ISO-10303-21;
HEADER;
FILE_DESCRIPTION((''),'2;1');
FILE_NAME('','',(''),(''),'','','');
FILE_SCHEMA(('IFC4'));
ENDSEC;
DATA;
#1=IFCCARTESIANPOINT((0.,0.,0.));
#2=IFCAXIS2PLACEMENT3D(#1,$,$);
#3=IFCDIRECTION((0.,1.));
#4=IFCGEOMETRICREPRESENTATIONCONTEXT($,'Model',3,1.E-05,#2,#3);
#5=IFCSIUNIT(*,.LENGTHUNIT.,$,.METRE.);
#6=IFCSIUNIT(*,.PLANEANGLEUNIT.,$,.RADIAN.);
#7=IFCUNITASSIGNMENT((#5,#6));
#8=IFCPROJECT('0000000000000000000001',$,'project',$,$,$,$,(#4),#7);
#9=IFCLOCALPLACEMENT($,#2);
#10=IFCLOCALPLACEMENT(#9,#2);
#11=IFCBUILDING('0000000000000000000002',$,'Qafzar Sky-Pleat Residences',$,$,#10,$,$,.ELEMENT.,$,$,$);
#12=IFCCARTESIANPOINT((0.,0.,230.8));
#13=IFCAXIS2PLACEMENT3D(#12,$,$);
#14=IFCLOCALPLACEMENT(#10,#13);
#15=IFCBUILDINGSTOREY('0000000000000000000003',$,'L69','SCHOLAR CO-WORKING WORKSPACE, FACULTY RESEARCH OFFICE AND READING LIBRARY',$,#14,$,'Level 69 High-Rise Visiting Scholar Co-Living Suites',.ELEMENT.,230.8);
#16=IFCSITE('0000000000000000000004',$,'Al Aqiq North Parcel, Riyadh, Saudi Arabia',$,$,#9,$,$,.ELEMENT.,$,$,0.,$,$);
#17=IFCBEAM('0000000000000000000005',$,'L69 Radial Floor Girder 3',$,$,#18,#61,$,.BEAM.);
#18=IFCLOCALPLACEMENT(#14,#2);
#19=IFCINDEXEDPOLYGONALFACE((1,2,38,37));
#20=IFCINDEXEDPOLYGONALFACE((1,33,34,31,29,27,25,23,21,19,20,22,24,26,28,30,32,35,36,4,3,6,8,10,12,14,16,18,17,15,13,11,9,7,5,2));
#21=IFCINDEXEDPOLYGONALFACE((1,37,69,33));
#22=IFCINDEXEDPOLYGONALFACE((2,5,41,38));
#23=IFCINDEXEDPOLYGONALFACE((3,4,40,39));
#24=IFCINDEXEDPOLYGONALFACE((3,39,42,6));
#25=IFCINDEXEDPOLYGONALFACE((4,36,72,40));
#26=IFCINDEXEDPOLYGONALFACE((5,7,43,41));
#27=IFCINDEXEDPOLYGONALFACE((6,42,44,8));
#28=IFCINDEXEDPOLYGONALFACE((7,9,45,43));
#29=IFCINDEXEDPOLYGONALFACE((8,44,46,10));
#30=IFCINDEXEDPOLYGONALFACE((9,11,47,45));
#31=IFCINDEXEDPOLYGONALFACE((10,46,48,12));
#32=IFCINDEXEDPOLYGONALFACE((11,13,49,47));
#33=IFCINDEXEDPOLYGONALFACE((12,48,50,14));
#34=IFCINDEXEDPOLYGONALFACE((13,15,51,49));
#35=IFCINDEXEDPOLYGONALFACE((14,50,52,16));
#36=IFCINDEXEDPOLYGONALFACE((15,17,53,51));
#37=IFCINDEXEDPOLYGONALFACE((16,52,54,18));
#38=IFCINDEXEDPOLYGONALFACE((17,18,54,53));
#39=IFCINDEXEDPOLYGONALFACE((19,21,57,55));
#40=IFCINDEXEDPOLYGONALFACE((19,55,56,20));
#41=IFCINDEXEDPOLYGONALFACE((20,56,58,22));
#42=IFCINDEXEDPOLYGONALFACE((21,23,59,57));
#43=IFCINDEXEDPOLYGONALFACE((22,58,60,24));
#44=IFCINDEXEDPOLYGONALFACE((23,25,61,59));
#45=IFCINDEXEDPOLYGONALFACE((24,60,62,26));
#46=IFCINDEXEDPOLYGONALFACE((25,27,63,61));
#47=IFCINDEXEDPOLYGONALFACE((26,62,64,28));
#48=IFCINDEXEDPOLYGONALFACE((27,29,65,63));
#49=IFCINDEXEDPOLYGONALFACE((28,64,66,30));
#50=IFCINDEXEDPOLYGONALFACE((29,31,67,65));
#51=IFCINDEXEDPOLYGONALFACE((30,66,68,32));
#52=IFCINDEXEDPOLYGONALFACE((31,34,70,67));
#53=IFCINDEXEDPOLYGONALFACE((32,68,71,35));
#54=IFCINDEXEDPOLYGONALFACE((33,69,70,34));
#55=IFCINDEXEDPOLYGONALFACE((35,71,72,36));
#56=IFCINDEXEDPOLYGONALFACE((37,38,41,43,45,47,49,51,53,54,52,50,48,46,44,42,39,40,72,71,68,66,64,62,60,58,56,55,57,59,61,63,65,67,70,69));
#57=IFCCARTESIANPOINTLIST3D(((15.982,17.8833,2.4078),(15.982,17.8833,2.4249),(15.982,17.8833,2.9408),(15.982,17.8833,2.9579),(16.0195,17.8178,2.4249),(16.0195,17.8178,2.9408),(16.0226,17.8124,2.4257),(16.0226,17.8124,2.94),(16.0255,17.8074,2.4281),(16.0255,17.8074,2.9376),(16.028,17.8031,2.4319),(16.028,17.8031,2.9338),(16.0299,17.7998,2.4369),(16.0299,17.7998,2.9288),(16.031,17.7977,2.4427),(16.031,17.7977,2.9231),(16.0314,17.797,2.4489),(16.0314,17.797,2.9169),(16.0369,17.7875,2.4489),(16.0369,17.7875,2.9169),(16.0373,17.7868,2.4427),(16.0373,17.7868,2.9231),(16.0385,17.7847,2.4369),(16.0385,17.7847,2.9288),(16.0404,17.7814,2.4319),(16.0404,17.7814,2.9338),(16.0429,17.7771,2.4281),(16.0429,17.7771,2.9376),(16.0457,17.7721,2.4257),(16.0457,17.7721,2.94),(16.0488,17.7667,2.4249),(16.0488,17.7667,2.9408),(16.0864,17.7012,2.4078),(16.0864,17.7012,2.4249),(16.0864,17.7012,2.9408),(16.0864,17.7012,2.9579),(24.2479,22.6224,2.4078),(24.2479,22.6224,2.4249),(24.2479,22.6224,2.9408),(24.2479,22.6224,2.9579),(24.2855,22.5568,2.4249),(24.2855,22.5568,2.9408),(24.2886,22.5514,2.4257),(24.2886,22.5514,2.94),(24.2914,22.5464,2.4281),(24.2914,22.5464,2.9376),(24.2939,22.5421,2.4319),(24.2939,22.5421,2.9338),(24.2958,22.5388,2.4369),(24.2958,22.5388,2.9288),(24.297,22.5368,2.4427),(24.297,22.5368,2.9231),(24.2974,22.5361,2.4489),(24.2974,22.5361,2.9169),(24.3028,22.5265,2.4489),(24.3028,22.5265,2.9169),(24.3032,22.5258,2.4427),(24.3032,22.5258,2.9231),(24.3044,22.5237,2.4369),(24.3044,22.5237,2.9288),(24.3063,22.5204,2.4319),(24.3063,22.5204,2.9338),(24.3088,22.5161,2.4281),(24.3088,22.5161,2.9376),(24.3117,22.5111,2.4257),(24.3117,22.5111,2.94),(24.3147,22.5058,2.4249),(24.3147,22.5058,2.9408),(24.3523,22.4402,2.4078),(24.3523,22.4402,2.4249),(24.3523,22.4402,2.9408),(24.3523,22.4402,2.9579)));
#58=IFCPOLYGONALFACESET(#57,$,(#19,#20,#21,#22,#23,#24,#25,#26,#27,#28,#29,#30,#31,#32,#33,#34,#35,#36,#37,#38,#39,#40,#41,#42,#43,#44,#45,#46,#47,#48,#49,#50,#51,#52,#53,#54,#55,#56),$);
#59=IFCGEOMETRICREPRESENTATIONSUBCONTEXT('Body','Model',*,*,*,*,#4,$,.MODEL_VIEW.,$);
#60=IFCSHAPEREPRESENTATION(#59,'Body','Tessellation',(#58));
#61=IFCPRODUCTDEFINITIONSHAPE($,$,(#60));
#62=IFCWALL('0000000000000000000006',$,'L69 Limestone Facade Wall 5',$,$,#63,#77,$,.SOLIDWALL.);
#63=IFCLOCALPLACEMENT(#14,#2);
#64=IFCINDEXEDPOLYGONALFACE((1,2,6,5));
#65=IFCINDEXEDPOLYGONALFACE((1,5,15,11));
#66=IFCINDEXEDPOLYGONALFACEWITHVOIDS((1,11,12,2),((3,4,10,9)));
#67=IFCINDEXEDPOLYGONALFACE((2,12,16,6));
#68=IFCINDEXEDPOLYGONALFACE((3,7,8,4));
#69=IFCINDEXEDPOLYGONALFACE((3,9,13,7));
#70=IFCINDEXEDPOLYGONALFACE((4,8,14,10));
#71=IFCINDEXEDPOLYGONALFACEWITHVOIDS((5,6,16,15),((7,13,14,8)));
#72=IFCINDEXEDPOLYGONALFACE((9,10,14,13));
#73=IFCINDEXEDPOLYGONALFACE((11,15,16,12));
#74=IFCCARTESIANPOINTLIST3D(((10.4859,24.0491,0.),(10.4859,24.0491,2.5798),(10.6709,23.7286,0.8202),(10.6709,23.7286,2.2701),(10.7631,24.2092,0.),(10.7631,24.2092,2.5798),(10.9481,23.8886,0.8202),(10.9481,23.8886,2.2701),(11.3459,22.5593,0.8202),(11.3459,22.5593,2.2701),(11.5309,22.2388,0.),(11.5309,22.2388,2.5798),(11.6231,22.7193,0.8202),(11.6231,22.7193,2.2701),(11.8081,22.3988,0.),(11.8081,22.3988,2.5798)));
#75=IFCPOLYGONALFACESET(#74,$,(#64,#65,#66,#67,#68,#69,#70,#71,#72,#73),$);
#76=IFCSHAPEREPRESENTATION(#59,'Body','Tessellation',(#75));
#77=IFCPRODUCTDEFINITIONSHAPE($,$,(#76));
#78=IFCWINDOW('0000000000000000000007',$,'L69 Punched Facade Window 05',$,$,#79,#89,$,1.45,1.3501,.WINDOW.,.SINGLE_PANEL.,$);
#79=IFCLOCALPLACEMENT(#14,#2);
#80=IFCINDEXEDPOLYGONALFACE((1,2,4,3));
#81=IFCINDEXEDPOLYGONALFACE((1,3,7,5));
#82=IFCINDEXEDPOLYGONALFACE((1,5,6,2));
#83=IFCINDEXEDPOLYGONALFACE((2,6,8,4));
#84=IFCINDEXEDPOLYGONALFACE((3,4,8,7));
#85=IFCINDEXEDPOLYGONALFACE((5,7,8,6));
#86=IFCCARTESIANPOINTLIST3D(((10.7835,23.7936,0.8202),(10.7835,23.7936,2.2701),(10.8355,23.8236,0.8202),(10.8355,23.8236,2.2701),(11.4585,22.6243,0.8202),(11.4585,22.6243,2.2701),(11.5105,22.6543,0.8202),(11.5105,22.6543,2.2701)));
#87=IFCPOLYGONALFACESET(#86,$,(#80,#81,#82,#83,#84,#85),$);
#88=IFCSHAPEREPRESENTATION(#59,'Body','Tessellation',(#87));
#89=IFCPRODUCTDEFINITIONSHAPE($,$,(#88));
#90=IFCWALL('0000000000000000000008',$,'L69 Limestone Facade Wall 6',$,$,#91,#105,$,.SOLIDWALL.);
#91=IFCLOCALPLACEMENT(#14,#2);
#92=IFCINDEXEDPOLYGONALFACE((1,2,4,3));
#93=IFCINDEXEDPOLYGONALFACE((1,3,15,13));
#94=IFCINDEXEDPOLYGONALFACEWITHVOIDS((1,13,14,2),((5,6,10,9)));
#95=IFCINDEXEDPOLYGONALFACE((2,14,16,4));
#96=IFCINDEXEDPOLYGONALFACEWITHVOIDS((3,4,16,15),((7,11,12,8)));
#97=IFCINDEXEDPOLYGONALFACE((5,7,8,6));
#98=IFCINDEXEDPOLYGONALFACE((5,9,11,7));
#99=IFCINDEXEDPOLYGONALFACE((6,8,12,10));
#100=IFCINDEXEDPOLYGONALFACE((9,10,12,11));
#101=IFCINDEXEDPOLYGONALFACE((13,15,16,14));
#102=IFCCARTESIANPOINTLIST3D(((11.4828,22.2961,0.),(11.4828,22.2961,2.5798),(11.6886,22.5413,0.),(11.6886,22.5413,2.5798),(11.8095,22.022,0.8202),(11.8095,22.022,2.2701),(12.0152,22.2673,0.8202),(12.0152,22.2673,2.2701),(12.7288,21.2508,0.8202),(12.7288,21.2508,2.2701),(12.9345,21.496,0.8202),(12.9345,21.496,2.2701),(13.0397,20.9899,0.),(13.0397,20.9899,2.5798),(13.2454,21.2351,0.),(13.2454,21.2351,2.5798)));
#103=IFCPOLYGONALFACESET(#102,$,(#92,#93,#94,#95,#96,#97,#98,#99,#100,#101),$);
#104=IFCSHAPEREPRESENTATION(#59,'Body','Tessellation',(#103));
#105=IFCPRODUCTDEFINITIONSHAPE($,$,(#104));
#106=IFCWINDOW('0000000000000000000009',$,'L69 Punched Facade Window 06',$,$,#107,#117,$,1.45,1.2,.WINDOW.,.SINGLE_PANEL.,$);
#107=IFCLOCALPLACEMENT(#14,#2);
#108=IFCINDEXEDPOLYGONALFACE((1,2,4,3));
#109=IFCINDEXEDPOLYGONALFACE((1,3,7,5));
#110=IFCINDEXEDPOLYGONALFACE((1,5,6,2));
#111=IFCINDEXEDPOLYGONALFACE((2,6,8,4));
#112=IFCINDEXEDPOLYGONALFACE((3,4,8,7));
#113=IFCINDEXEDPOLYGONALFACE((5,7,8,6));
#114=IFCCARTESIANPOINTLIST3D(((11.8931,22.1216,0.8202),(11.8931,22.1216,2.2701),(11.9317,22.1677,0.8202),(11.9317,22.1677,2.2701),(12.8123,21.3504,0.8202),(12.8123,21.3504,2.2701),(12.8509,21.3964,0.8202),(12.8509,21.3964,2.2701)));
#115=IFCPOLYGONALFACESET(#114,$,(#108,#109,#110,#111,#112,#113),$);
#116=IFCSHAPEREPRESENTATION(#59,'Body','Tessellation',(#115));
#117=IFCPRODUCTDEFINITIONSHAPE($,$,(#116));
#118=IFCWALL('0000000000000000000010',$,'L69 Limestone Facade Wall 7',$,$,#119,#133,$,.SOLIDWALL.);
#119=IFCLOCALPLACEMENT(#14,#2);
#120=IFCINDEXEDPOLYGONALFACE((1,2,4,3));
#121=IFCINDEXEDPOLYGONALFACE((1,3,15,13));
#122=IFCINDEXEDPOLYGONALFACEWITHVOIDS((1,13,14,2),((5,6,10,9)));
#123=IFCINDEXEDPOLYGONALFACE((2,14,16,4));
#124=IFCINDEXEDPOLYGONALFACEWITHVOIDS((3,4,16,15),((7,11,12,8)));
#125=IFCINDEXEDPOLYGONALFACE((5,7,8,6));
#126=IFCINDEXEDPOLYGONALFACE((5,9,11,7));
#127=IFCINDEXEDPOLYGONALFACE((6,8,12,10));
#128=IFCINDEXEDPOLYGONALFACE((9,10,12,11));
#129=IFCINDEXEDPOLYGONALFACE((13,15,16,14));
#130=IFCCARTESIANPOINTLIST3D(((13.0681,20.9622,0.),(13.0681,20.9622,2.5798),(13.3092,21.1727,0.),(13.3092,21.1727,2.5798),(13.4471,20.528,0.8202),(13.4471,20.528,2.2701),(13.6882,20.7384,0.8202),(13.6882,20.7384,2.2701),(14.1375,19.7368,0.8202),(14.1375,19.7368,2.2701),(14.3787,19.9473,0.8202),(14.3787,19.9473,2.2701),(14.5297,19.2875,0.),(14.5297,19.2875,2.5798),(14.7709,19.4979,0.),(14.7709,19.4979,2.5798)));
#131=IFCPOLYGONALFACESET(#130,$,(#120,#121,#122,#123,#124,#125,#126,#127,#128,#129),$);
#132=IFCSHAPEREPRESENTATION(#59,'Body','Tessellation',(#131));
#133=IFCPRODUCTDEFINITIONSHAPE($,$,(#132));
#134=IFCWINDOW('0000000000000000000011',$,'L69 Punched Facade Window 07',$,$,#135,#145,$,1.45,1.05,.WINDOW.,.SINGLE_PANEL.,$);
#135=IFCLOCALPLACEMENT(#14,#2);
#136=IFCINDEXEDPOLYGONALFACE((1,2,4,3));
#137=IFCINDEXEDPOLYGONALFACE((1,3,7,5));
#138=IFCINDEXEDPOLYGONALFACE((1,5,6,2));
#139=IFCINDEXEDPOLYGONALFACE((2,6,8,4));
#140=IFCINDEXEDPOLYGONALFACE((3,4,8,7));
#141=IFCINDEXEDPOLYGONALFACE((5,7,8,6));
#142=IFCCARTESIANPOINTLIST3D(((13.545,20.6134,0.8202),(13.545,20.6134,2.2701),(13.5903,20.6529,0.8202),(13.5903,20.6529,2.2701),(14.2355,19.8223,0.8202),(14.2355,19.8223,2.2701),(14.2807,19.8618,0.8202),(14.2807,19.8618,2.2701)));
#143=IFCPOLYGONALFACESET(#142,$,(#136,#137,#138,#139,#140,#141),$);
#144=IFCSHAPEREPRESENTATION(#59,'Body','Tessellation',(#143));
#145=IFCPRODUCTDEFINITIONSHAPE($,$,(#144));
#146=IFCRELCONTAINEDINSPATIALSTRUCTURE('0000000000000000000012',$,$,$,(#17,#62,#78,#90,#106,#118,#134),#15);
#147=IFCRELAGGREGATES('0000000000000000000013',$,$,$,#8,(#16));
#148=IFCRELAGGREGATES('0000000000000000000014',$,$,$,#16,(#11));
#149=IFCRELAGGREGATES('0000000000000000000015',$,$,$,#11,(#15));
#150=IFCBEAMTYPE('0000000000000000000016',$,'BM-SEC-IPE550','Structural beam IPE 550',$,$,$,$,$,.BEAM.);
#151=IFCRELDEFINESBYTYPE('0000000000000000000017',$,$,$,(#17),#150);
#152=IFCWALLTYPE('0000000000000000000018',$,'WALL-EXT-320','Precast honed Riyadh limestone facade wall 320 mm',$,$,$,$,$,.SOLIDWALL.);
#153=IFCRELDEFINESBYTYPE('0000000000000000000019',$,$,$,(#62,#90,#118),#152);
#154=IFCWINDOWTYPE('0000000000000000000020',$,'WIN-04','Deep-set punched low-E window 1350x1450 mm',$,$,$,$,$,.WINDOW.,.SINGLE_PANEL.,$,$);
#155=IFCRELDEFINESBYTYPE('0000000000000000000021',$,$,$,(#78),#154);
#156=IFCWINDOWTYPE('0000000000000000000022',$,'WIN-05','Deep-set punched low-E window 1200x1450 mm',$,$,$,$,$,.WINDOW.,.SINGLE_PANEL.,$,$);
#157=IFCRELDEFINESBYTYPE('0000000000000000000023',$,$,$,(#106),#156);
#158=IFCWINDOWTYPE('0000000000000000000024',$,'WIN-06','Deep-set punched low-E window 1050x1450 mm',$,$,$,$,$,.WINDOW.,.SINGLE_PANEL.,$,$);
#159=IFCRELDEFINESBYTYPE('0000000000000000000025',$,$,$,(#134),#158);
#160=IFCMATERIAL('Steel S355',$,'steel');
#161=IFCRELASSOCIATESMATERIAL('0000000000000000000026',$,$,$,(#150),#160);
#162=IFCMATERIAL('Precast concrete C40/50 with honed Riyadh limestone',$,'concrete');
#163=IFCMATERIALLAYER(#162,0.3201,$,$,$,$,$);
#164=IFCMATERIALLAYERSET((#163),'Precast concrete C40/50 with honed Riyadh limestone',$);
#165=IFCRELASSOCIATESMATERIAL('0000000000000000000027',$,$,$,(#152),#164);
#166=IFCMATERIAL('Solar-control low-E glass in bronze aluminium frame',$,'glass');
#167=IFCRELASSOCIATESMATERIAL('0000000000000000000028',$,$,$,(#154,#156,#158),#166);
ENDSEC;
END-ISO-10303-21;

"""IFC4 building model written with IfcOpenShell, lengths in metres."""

from ifc_helpers import new_model, si_unit, direction, frame, frame_2d, origin, origin_2d, place, context, subcontext, project, spatial, rectangle, i_section, extrude, source, transform, mapped, material, layer, layer_set, material_profile, profile_set, type_object, element, fill, save


model = new_model("IFC4")

# Units and contexts
model_context = context("Model", 3, precision=1e-05, world=origin(), true_north=direction((0.0, 1.0)))
body_context = subcontext(model_context, "Body", "Model", "MODEL_VIEW")
ifc_project = project(units=[si_unit("LENGTHUNIT", "METRE"), si_unit("PLANEANGLEUNIT", "RADIAN")], contexts=[model_context])

# Site, building, storey
site_placement = place(None, origin())
site = spatial("IfcSite", under=ifc_project, at=site_placement, Name="Al Aqiq North Parcel, Riyadh, Saudi Arabia", CompositionType="ELEMENT", RefElevation=0.0)
building_placement = place(site_placement, origin())
building = spatial("IfcBuilding", under=site, at=building_placement, Name="Qafzar Sky-Pleat Residences", CompositionType="ELEMENT")
storey_placement = place(building_placement, frame((0.0, 0.0, 230.8)))
storey = spatial("IfcBuildingStorey", under=building, at=storey_placement, Name="L69", Description="SCHOLAR CO-WORKING WORKSPACE, FACULTY RESEARCH OFFICE AND READING LIBRARY", LongName="Level 69 High-Rise Visiting Scholar Co-Living Suites", CompositionType="ELEMENT", Elevation=230.8)

# Shared definitions
ifc_material_1 = material(Name="Steel S355", Category="steel")

# Beam
ifc_material_profile_1 = material_profile(ifc_material_1, i_section(OverallWidth=0.21, OverallDepth=0.55, WebThickness=0.011, FlangeThickness=0.0171, FilletRadius=0.0239, at=origin_2d()), Name="IPE 550")
ifc_profile_set_1 = profile_set([ifc_material_profile_1], Name="Steel S355")
beam_type_1 = type_object("IfcBeamType", Name="BM-SEC-IPE550", Description="Structural beam IPE 550", PredefinedType="BEAM", material=ifc_profile_set_1)
shared_shape_1 = source(origin(), body_context, "Body", "SweptSolid", [
    extrude(i_section(OverallWidth=0.21, OverallDepth=0.55, WebThickness=0.011, FlangeThickness=0.0171, FilletRadius=0.0239, at=origin_2d()), origin(), (0.0, 0.0, 1.0), 9.5281),
])
beam_1_placement = place(storey_placement, frame((16.0342, 17.7922, 2.6829), z_axis=(0.867534, 0.497377, 0.0), x_axis=(-0.497377, 0.867534, 0.0)))
element("IfcBeam", 1, at=beam_1_placement, inside=storey, type_object=beam_type_1, Name="L69 Radial Floor Girder 3", PredefinedType="BEAM", context=body_context, shape_type="MappedRepresentation", body=[
    mapped(shared_shape_1, transform((0.0, 0.0, 0.0), x_axis=(1.0, 0.0, 0.0), y_axis=(0.0, 1.0, 0.0), z_axis=(0.0, 0.0, 1.0), scale=1.0)),
])

# Walls, openings, windows
ifc_material_2 = material(Name="Precast concrete C40/50 with honed Riyadh limestone", Category="concrete")
ifc_layer_1 = layer(ifc_material_2, 0.3201)
ifc_layer_set_1 = layer_set([ifc_layer_1], Name="Precast concrete C40/50 with honed Riyadh limestone")
wall_type_1 = type_object("IfcWallType", Name="WALL-EXT-320", Description="Precast honed Riyadh limestone facade wall 320 mm", PredefinedType="SOLIDWALL", material=ifc_layer_set_1)
wall_1_placement = place(storey_placement, frame((10.6245, 24.1292, 0.0), z_axis=(0.0, 0.0, 1.0), x_axis=(0.499908, -0.866079, 0.0)))
wall_1 = element("IfcWall", 2, at=wall_1_placement, inside=storey, type_object=wall_type_1, Name="L69 Limestone Facade Wall 5", PredefinedType="SOLIDWALL", context=body_context, shape_type="SweptSolid", body=[
    extrude(rectangle(XDim=2.0903, YDim=0.3201, at=frame_2d((1.0452, 0.0))), origin(), (0.0, 0.0, 1.0), 2.5798),
])
opening_1_placement = place(wall_1_placement, frame((0.3701, 0.0, 0.8201)))
opening_1 = element("IfcOpeningElement", 3, at=opening_1_placement, cuts=wall_1, PredefinedType="OPENING", context=body_context, shape_type="SweptSolid", body=[
    extrude(rectangle(XDim=1.3501, YDim=1.45, at=frame_2d((0.675, 0.7251))), frame((0.0, 0.1699, 0.0), z_axis=(0.0, -1.0, 0.0), x_axis=(1.0, 0.0, 0.0)), (0.0, 0.0, 1.0), 0.3401),
])
ifc_material_3 = material(Name="Solar-control low-E glass in bronze aluminium frame", Category="glass")
window_type_1 = type_object("IfcWindowType", Name="WIN-04", Description="Deep-set punched low-E window 1350x1450 mm", PartitioningType="SINGLE_PANEL", PredefinedType="WINDOW", material=ifc_material_3)
shared_shape_2 = source(origin(), body_context, "Body", "SweptSolid", [
    extrude(rectangle(XDim=1.3501, YDim=1.45, at=frame_2d((0.675, 0.7251))), frame((0.0, 0.03, 0.0), z_axis=(0.0, -1.0, 0.0), x_axis=(1.0, 0.0, 0.0)), (0.0, 0.0, 1.0), 0.0601),
])
window_1_placement = place(opening_1_placement, origin())
window_1 = element("IfcWindow", 4, at=window_1_placement, inside=storey, type_object=window_type_1, Name="L69 Punched Facade Window 05", OverallHeight=1.45, OverallWidth=1.3501, PartitioningType="SINGLE_PANEL", PredefinedType="WINDOW", context=body_context, shape_type="MappedRepresentation", body=[
    mapped(shared_shape_2, transform((0.0, 0.0, 0.0), x_axis=(1.0, 0.0, 0.0), y_axis=(0.0, 1.0, 0.0), z_axis=(0.0, 0.0, 1.0), scale=1.0)),
])
fill(opening_1, window_1)
wall_2_placement = place(storey_placement, frame((11.5857, 22.4187, 0.0), z_axis=(0.0, 0.0, 1.0), x_axis=(0.7661, -0.642721, 0.0)))
wall_2 = element("IfcWall", 5, at=wall_2_placement, inside=storey, type_object=wall_type_1, Name="L69 Limestone Facade Wall 6", PredefinedType="SOLIDWALL", context=body_context, shape_type="SweptSolid", body=[
    extrude(rectangle(XDim=2.0322, YDim=0.3201, at=frame_2d((1.0161, 0.0))), origin(), (0.0, 0.0, 1.0), 2.5798),
])
opening_2_placement = place(wall_2_placement, frame((0.4263, 0.0, 0.8201)))
opening_2 = element("IfcOpeningElement", 6, at=opening_2_placement, cuts=wall_2, PredefinedType="OPENING", context=body_context, shape_type="SweptSolid", body=[
    extrude(rectangle(XDim=1.2, YDim=1.45, at=frame_2d((0.6001, 0.7251))), frame((0.0, 0.1699, 0.0), z_axis=(0.0, -1.0, 0.0), x_axis=(1.0, 0.0, 0.0)), (0.0, 0.0, 1.0), 0.3401),
])
window_type_2 = type_object("IfcWindowType", Name="WIN-05", Description="Deep-set punched low-E window 1200x1450 mm", PartitioningType="SINGLE_PANEL", PredefinedType="WINDOW", material=ifc_material_3)
shared_shape_3 = source(origin(), body_context, "Body", "SweptSolid", [
    extrude(rectangle(XDim=1.2, YDim=1.45, at=frame_2d((0.6001, 0.7251))), frame((0.0, 0.03, 0.0), z_axis=(0.0, -1.0, 0.0), x_axis=(1.0, 0.0, 0.0)), (0.0, 0.0, 1.0), 0.0601),
])
window_2_placement = place(opening_2_placement, origin())
window_2 = element("IfcWindow", 7, at=window_2_placement, inside=storey, type_object=window_type_2, Name="L69 Punched Facade Window 06", OverallHeight=1.45, OverallWidth=1.2, PartitioningType="SINGLE_PANEL", PredefinedType="WINDOW", context=body_context, shape_type="MappedRepresentation", body=[
    mapped(shared_shape_3, transform((0.0, 0.0, 0.0), x_axis=(1.0, 0.0, 0.0), y_axis=(0.0, 1.0, 0.0), z_axis=(0.0, 0.0, 1.0), scale=1.0)),
])
fill(opening_2, window_2)
wall_3_placement = place(storey_placement, frame((13.1887, 21.0674, 0.0), z_axis=(0.0, 0.0, 1.0), x_axis=(0.65754, -0.75342, 0.0)))
wall_3 = element("IfcWall", 8, at=wall_3_placement, inside=storey, type_object=wall_type_1, Name="L69 Limestone Facade Wall 7", PredefinedType="SOLIDWALL", context=body_context, shape_type="SweptSolid", body=[
    extrude(rectangle(XDim=2.2229, YDim=0.3201, at=frame_2d((1.1113, 0.0))), origin(), (0.0, 0.0, 1.0), 2.5798),
])
opening_3_placement = place(wall_3_placement, frame((0.5764, 0.0, 0.8201)))
opening_3 = element("IfcOpeningElement", 9, at=opening_3_placement, cuts=wall_3, PredefinedType="OPENING", context=body_context, shape_type="SweptSolid", body=[
    extrude(rectangle(XDim=1.05, YDim=1.45, at=frame_2d((0.5249, 0.7251))), frame((0.0, 0.1699, 0.0), z_axis=(0.0, -1.0, 0.0), x_axis=(1.0, 0.0, 0.0)), (0.0, 0.0, 1.0), 0.3401),
])
window_type_3 = type_object("IfcWindowType", Name="WIN-06", Description="Deep-set punched low-E window 1050x1450 mm", PartitioningType="SINGLE_PANEL", PredefinedType="WINDOW", material=ifc_material_3)
shared_shape_4 = source(origin(), body_context, "Body", "SweptSolid", [
    extrude(rectangle(XDim=1.05, YDim=1.45, at=frame_2d((0.5249, 0.7251))), frame((0.0, 0.03, 0.0), z_axis=(0.0, -1.0, 0.0), x_axis=(1.0, 0.0, 0.0)), (0.0, 0.0, 1.0), 0.0601),
])
window_3_placement = place(opening_3_placement, origin())
window_3 = element("IfcWindow", 10, at=window_3_placement, inside=storey, type_object=window_type_3, Name="L69 Punched Facade Window 07", OverallHeight=1.45, OverallWidth=1.05, PartitioningType="SINGLE_PANEL", PredefinedType="WINDOW", context=body_context, shape_type="MappedRepresentation", body=[
    mapped(shared_shape_4, transform((0.0, 0.0, 0.0), x_axis=(1.0, 0.0, 0.0), y_axis=(0.0, 1.0, 0.0), z_axis=(0.0, 0.0, 1.0), scale=1.0)),
])
fill(opening_3, window_3)

save(model, "model.ifc")
